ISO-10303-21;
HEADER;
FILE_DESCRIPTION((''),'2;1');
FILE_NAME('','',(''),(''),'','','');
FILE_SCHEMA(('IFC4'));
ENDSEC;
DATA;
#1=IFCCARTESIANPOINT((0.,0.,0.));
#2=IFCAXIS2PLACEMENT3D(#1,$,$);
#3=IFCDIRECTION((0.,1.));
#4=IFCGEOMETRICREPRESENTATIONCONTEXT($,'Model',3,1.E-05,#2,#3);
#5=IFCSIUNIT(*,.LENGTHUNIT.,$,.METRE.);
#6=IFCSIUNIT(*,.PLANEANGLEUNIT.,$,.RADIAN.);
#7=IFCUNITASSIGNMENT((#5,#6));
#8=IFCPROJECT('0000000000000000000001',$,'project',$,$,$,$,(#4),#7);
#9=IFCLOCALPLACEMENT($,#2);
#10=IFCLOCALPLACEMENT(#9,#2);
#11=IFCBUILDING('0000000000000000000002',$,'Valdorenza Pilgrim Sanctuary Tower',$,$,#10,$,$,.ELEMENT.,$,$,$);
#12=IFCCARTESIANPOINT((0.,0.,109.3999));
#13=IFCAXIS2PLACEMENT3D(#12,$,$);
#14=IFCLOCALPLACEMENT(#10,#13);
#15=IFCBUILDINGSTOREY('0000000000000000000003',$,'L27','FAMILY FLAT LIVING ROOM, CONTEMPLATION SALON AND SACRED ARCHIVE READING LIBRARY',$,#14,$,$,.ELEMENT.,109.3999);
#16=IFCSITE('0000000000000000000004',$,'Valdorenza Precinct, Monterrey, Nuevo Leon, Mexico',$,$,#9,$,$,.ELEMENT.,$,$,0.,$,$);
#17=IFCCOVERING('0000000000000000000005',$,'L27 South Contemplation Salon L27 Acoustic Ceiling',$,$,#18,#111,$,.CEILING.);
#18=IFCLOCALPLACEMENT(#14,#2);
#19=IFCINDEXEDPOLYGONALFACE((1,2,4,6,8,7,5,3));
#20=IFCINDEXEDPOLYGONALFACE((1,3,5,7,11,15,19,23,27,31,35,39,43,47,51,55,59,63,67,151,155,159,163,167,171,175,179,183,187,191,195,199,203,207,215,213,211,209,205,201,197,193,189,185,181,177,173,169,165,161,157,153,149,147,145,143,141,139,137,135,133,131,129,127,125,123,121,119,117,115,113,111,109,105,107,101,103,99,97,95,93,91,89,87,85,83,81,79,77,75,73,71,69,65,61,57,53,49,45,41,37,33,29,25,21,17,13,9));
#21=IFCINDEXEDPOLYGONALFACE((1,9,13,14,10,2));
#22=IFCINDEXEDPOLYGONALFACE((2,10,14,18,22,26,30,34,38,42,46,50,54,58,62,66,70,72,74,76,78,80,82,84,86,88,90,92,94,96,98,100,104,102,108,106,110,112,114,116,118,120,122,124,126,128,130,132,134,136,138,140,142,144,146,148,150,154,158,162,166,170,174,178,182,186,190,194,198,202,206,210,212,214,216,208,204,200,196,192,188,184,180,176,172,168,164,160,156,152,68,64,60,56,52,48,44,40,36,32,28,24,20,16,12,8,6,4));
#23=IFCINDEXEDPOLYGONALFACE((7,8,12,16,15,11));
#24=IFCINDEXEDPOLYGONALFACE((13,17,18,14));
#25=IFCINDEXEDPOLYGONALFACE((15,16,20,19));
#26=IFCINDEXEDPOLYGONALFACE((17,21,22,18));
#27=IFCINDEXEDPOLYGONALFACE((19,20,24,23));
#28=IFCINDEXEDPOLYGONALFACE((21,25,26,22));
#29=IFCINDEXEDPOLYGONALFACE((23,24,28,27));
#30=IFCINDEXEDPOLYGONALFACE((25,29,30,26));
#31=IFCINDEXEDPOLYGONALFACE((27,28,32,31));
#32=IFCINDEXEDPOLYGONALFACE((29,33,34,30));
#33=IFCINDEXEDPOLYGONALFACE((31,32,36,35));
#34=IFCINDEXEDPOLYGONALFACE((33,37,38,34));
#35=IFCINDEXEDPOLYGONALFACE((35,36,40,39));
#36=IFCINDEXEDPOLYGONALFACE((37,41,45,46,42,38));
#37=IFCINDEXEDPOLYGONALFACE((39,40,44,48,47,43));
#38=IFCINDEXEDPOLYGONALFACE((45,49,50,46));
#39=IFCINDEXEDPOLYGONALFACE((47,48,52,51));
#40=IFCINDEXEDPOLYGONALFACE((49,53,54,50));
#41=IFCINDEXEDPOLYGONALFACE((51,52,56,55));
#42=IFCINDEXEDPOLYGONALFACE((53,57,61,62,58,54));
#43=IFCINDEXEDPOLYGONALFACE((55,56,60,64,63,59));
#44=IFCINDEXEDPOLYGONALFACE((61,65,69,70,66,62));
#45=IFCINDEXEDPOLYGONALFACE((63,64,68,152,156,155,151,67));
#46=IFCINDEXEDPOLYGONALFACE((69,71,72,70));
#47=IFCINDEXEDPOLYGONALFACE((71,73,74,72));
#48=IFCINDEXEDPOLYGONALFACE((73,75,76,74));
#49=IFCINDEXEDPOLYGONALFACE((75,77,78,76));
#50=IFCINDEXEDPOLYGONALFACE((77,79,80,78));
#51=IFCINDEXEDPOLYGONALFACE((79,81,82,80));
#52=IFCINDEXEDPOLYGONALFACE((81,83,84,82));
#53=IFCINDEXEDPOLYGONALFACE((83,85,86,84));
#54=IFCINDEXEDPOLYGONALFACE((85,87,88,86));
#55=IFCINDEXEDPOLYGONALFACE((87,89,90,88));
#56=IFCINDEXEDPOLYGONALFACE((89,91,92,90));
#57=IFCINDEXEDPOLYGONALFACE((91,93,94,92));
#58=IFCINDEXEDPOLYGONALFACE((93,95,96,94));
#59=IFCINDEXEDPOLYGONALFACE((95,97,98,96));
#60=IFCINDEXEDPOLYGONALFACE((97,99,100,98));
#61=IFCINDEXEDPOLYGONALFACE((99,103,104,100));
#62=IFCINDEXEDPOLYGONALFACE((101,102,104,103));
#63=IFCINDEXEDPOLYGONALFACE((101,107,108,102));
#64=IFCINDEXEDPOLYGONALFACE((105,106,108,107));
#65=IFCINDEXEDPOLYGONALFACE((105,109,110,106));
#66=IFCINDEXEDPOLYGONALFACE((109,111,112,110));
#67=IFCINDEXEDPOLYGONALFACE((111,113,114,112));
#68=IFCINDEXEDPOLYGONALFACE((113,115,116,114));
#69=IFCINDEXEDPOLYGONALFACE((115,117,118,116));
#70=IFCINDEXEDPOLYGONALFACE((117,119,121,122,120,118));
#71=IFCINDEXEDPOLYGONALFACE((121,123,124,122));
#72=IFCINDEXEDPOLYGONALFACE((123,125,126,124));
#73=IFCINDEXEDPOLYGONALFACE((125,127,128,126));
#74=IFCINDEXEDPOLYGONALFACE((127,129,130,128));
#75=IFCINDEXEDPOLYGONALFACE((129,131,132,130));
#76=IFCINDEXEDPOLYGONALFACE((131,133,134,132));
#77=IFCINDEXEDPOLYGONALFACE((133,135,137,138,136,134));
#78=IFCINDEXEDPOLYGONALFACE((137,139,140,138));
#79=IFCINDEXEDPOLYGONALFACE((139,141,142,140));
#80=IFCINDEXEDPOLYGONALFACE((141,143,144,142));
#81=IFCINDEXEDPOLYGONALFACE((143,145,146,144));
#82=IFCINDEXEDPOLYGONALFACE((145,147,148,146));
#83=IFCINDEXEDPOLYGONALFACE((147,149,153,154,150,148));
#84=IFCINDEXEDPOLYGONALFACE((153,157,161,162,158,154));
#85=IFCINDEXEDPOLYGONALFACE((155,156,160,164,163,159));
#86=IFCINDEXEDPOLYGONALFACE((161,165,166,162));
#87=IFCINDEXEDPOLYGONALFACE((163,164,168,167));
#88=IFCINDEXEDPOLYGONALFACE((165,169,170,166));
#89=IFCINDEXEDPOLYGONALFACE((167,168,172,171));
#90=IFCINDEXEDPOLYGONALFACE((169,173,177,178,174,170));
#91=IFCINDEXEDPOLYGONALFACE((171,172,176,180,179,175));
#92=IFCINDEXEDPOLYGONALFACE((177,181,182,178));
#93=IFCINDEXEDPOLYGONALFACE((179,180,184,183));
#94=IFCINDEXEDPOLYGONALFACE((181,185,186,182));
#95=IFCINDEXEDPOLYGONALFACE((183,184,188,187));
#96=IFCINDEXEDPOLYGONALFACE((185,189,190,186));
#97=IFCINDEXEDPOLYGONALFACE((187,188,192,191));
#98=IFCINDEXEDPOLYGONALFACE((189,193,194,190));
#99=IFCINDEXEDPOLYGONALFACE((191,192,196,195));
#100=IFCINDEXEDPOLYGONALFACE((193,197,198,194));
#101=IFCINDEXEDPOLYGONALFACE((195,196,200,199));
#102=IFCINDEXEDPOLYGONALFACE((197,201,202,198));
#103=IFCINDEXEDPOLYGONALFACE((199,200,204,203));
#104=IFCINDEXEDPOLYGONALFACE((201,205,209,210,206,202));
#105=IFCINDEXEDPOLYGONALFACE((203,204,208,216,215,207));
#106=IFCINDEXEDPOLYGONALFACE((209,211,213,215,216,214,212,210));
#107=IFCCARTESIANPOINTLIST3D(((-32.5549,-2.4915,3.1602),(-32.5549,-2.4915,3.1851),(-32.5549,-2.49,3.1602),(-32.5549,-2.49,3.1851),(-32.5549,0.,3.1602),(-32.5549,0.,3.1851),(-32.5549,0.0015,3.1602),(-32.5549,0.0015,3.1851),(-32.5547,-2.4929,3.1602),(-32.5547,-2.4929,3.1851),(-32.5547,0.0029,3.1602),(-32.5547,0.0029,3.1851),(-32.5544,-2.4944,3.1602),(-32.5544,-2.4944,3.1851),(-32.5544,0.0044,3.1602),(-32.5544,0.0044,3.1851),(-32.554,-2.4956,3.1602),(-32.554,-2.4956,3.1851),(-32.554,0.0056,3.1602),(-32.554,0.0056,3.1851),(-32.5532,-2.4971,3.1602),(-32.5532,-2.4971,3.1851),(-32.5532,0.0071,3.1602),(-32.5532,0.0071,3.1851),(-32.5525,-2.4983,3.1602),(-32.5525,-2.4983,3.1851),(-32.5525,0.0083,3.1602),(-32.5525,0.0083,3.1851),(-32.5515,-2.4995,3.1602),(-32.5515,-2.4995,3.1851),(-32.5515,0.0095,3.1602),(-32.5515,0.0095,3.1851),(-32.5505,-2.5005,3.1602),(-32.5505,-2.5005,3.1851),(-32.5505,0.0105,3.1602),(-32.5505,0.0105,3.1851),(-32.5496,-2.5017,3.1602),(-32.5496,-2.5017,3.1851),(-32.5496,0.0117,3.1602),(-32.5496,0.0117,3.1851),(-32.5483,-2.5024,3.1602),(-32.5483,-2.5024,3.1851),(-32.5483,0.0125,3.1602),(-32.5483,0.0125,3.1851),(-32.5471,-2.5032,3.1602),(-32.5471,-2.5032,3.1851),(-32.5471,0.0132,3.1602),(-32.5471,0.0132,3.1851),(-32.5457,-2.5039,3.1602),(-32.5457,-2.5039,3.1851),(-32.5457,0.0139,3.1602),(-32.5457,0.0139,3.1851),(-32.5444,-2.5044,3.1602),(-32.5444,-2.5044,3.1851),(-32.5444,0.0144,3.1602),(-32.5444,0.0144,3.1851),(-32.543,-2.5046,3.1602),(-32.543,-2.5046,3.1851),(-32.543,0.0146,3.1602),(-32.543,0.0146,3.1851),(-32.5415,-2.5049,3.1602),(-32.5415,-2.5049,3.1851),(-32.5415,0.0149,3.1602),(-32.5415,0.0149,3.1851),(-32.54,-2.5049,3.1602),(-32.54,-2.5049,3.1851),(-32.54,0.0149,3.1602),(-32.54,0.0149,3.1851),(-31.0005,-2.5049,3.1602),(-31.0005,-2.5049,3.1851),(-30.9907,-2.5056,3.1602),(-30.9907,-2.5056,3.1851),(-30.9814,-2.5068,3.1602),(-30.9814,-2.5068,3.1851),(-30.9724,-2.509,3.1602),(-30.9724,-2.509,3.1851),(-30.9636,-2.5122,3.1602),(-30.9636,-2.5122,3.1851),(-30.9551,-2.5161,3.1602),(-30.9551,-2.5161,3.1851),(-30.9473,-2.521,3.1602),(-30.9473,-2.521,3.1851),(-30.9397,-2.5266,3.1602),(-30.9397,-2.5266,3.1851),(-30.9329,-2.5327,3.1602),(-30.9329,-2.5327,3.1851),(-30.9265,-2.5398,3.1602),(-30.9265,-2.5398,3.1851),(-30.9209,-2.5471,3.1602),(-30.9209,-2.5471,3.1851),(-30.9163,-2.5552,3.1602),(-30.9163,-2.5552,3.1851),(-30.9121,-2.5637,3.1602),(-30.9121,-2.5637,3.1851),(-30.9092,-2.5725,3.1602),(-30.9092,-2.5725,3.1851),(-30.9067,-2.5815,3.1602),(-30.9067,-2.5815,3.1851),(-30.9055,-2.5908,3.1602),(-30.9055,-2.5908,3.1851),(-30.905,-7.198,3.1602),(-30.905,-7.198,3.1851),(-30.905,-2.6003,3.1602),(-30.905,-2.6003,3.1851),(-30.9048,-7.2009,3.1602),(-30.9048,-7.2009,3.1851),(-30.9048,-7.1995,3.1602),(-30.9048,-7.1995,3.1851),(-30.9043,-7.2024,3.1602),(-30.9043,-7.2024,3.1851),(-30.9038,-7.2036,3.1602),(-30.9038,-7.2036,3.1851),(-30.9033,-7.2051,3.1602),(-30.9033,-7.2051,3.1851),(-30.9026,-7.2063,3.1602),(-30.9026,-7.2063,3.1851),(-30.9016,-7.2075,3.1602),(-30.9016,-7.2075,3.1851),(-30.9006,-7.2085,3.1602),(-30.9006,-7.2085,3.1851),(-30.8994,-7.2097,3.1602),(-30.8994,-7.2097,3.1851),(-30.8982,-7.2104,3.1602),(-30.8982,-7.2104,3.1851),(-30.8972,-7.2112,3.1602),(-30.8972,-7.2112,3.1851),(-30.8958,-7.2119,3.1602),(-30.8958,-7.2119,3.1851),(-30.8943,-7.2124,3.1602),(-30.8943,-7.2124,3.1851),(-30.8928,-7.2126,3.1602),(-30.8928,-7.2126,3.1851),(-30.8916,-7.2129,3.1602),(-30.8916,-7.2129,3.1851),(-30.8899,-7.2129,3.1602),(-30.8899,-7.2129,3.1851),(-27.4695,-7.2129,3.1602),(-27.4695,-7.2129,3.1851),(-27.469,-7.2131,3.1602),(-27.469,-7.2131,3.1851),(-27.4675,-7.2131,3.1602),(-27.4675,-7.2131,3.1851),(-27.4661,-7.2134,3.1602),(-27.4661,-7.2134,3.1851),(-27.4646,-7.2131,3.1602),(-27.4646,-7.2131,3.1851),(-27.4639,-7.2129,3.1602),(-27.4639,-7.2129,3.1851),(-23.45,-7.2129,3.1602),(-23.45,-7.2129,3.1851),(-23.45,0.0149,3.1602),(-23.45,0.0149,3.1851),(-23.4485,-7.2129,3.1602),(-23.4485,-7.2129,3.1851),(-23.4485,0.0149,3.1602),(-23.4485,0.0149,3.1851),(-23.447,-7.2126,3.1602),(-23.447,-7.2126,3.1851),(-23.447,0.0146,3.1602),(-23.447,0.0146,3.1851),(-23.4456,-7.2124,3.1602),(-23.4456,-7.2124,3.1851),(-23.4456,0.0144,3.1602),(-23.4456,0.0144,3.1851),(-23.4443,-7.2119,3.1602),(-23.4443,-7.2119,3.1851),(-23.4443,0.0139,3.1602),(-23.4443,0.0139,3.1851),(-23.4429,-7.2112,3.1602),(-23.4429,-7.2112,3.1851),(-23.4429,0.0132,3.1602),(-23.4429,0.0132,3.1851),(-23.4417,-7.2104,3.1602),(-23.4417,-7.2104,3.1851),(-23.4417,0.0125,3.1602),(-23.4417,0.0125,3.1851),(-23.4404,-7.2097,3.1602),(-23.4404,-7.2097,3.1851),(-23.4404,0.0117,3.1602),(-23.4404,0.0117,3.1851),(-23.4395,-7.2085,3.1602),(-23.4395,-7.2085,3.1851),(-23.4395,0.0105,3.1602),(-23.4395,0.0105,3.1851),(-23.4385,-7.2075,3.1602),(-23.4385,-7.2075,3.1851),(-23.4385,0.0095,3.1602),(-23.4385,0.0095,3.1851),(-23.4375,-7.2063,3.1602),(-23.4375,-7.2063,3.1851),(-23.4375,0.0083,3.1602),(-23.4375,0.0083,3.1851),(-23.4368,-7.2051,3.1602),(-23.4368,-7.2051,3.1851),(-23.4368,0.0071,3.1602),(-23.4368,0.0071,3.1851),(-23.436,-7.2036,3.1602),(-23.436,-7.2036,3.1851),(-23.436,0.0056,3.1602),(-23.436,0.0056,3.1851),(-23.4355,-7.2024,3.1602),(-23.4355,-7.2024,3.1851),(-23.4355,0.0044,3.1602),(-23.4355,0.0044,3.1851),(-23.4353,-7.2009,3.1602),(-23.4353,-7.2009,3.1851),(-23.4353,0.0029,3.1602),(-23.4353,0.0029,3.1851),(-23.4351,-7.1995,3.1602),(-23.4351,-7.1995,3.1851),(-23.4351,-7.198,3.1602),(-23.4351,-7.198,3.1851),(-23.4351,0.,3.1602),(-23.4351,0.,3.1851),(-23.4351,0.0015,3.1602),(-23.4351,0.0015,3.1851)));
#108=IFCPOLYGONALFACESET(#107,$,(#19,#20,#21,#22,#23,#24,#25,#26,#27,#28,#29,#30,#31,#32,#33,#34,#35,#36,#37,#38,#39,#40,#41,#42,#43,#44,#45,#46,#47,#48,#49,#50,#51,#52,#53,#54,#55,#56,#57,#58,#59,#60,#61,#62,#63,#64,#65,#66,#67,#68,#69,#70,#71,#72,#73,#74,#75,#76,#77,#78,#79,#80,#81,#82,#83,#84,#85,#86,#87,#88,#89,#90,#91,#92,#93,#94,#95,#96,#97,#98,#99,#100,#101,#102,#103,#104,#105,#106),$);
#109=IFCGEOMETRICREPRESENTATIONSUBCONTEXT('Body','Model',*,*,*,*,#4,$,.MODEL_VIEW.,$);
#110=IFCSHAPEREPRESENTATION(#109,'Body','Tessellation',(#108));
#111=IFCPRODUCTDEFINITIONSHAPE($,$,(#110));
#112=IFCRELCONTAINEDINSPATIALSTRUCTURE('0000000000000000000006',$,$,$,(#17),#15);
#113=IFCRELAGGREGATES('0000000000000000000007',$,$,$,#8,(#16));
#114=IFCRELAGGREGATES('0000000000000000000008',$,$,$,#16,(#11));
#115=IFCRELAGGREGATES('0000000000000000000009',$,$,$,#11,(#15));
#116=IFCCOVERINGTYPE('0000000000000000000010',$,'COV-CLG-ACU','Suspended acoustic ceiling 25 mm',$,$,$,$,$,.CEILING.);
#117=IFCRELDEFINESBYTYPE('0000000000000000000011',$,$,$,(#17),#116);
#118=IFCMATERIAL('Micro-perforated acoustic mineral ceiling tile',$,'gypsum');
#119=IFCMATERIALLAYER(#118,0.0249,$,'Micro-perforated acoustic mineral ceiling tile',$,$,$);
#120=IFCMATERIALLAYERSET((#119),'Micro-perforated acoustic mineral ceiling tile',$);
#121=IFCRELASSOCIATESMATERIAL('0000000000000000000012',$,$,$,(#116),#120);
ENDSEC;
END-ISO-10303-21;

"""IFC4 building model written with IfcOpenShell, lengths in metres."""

from ifc_helpers import new_model, si_unit, direction, frame, origin, place, context, subcontext, project, spatial, polyline, outline, extrude, material, layer, layer_set, type_object, element, save


model = new_model("IFC4")

# Units and contexts
model_context = context("Model", 3, precision=1e-05, world=origin(), true_north=direction((0.0, 1.0)))
body_context = subcontext(model_context, "Body", "Model", "MODEL_VIEW")
ifc_project = project(units=[si_unit("LENGTHUNIT", "METRE"), si_unit("PLANEANGLEUNIT", "RADIAN")], contexts=[model_context])

# Site, building, storey
site_placement = place(None, origin())
site = spatial("IfcSite", under=ifc_project, at=site_placement, Name="Valdorenza Precinct, Monterrey, Nuevo Leon, Mexico", CompositionType="ELEMENT", RefElevation=0.0)
building_placement = place(site_placement, origin())
building = spatial("IfcBuilding", under=site, at=building_placement, Name="Valdorenza Pilgrim Sanctuary Tower", CompositionType="ELEMENT")
storey_placement = place(building_placement, frame((0.0, 0.0, 109.3999)))
storey = spatial("IfcBuildingStorey", under=building, at=storey_placement, Name="L27", Description="FAMILY FLAT LIVING ROOM, CONTEMPLATION SALON AND SACRED ARCHIVE READING LIBRARY", CompositionType="ELEMENT", Elevation=109.3999)

# Covering
ifc_material_1 = material(Name="Micro-perforated acoustic mineral ceiling tile", Category="gypsum")
ifc_layer_1 = layer(ifc_material_1, 0.0249, Name="Micro-perforated acoustic mineral ceiling tile")
ifc_layer_set_1 = layer_set([ifc_layer_1], Name="Micro-perforated acoustic mineral ceiling tile")
covering_type_1 = type_object("IfcCoveringType", Name="COV-CLG-ACU", Description="Suspended acoustic ceiling 25 mm", PredefinedType="CEILING", material=ifc_layer_set_1)
covering_1_placement = place(storey_placement, frame((0.0, 0.0, 3.1602)))
element("IfcCovering", 1, at=covering_1_placement, inside=storey, type_object=covering_type_1, Name="L27 South Contemplation Salon L27 Acoustic Ceiling", PredefinedType="CEILING", context=body_context, shape_type="SweptSolid", body=[
    extrude(outline(polyline([(-27.4695, -7.2129), (-30.8899, -7.2129), (-30.8916, -7.2129), (-30.8928, -7.2126), (-30.8943, -7.2124), (-30.8958, -7.2119), (-30.8972, -7.2112), (-30.8982, -7.2104), (-30.8994, -7.2097), (-30.9006, -7.2085), (-30.9016, -7.2075), (-30.9026, -7.2063), (-30.9033, -7.2051), (-30.9038, -7.2036), (-30.9043, -7.2024), (-30.9048, -7.2009), (-30.9048, -7.1995), (-30.905, -7.198), (-30.905, -2.6003), (-30.9055, -2.5908), (-30.9067, -2.5815), (-30.9092, -2.5725), (-30.9121, -2.5637), (-30.9163, -2.5552), (-30.9209, -2.5471), (-30.9265, -2.5398), (-30.9329, -2.5327), (-30.9397, -2.5266), (-30.9473, -2.521), (-30.9551, -2.5161), (-30.9636, -2.5122), (-30.9724, -2.509), (-30.9814, -2.5068), (-30.9907, -2.5056), (-31.0005, -2.5049), (-32.54, -2.5049), (-32.5415, -2.5049), (-32.543, -2.5046), (-32.5444, -2.5044), (-32.5457, -2.5039), (-32.5471, -2.5032), (-32.5483, -2.5024), (-32.5496, -2.5017), (-32.5505, -2.5005), (-32.5515, -2.4995), (-32.5525, -2.4983), (-32.5532, -2.4971), (-32.554, -2.4956), (-32.5544, -2.4944), (-32.5547, -2.4929), (-32.5549, -2.4915), (-32.5549, -2.49), (-32.5549, 0.0), (-32.5549, 0.0015), (-32.5547, 0.0029), (-32.5544, 0.0044), (-32.554, 0.0056), (-32.5532, 0.0071), (-32.5525, 0.0083), (-32.5515, 0.0095), (-32.5505, 0.0105), (-32.5496, 0.0117), (-32.5483, 0.0125), (-32.5471, 0.0132), (-32.5457, 0.0139), (-32.5444, 0.0144), (-32.543, 0.0146), (-32.5415, 0.0149), (-32.54, 0.0149), (-23.45, 0.0149), (-23.4485, 0.0149), (-23.447, 0.0146), (-23.4456, 0.0144), (-23.4443, 0.0139), (-23.4429, 0.0132), (-23.4417, 0.0125), (-23.4404, 0.0117), (-23.4395, 0.0105), (-23.4385, 0.0095), (-23.4375, 0.0083), (-23.4368, 0.0071), (-23.436, 0.0056), (-23.4355, 0.0044), (-23.4353, 0.0029), (-23.4351, 0.0015), (-23.4351, 0.0), (-23.4351, -7.198), (-23.4351, -7.1995), (-23.4353, -7.2009), (-23.4355, -7.2024), (-23.436, -7.2036), (-23.4368, -7.2051), (-23.4375, -7.2063), (-23.4385, -7.2075), (-23.4395, -7.2085), (-23.4404, -7.2097), (-23.4417, -7.2104), (-23.4429, -7.2112), (-23.4443, -7.2119), (-23.4456, -7.2124), (-23.447, -7.2126), (-23.4485, -7.2129), (-23.45, -7.2129), (-27.4639, -7.2129), (-27.4646, -7.2131), (-27.4661, -7.2134), (-27.4675, -7.2131), (-27.469, -7.2131), (-27.4695, -7.2129)])), origin(), (0.0, 0.0, 1.0), 0.0249),
])

save(model, "model.ifc")
